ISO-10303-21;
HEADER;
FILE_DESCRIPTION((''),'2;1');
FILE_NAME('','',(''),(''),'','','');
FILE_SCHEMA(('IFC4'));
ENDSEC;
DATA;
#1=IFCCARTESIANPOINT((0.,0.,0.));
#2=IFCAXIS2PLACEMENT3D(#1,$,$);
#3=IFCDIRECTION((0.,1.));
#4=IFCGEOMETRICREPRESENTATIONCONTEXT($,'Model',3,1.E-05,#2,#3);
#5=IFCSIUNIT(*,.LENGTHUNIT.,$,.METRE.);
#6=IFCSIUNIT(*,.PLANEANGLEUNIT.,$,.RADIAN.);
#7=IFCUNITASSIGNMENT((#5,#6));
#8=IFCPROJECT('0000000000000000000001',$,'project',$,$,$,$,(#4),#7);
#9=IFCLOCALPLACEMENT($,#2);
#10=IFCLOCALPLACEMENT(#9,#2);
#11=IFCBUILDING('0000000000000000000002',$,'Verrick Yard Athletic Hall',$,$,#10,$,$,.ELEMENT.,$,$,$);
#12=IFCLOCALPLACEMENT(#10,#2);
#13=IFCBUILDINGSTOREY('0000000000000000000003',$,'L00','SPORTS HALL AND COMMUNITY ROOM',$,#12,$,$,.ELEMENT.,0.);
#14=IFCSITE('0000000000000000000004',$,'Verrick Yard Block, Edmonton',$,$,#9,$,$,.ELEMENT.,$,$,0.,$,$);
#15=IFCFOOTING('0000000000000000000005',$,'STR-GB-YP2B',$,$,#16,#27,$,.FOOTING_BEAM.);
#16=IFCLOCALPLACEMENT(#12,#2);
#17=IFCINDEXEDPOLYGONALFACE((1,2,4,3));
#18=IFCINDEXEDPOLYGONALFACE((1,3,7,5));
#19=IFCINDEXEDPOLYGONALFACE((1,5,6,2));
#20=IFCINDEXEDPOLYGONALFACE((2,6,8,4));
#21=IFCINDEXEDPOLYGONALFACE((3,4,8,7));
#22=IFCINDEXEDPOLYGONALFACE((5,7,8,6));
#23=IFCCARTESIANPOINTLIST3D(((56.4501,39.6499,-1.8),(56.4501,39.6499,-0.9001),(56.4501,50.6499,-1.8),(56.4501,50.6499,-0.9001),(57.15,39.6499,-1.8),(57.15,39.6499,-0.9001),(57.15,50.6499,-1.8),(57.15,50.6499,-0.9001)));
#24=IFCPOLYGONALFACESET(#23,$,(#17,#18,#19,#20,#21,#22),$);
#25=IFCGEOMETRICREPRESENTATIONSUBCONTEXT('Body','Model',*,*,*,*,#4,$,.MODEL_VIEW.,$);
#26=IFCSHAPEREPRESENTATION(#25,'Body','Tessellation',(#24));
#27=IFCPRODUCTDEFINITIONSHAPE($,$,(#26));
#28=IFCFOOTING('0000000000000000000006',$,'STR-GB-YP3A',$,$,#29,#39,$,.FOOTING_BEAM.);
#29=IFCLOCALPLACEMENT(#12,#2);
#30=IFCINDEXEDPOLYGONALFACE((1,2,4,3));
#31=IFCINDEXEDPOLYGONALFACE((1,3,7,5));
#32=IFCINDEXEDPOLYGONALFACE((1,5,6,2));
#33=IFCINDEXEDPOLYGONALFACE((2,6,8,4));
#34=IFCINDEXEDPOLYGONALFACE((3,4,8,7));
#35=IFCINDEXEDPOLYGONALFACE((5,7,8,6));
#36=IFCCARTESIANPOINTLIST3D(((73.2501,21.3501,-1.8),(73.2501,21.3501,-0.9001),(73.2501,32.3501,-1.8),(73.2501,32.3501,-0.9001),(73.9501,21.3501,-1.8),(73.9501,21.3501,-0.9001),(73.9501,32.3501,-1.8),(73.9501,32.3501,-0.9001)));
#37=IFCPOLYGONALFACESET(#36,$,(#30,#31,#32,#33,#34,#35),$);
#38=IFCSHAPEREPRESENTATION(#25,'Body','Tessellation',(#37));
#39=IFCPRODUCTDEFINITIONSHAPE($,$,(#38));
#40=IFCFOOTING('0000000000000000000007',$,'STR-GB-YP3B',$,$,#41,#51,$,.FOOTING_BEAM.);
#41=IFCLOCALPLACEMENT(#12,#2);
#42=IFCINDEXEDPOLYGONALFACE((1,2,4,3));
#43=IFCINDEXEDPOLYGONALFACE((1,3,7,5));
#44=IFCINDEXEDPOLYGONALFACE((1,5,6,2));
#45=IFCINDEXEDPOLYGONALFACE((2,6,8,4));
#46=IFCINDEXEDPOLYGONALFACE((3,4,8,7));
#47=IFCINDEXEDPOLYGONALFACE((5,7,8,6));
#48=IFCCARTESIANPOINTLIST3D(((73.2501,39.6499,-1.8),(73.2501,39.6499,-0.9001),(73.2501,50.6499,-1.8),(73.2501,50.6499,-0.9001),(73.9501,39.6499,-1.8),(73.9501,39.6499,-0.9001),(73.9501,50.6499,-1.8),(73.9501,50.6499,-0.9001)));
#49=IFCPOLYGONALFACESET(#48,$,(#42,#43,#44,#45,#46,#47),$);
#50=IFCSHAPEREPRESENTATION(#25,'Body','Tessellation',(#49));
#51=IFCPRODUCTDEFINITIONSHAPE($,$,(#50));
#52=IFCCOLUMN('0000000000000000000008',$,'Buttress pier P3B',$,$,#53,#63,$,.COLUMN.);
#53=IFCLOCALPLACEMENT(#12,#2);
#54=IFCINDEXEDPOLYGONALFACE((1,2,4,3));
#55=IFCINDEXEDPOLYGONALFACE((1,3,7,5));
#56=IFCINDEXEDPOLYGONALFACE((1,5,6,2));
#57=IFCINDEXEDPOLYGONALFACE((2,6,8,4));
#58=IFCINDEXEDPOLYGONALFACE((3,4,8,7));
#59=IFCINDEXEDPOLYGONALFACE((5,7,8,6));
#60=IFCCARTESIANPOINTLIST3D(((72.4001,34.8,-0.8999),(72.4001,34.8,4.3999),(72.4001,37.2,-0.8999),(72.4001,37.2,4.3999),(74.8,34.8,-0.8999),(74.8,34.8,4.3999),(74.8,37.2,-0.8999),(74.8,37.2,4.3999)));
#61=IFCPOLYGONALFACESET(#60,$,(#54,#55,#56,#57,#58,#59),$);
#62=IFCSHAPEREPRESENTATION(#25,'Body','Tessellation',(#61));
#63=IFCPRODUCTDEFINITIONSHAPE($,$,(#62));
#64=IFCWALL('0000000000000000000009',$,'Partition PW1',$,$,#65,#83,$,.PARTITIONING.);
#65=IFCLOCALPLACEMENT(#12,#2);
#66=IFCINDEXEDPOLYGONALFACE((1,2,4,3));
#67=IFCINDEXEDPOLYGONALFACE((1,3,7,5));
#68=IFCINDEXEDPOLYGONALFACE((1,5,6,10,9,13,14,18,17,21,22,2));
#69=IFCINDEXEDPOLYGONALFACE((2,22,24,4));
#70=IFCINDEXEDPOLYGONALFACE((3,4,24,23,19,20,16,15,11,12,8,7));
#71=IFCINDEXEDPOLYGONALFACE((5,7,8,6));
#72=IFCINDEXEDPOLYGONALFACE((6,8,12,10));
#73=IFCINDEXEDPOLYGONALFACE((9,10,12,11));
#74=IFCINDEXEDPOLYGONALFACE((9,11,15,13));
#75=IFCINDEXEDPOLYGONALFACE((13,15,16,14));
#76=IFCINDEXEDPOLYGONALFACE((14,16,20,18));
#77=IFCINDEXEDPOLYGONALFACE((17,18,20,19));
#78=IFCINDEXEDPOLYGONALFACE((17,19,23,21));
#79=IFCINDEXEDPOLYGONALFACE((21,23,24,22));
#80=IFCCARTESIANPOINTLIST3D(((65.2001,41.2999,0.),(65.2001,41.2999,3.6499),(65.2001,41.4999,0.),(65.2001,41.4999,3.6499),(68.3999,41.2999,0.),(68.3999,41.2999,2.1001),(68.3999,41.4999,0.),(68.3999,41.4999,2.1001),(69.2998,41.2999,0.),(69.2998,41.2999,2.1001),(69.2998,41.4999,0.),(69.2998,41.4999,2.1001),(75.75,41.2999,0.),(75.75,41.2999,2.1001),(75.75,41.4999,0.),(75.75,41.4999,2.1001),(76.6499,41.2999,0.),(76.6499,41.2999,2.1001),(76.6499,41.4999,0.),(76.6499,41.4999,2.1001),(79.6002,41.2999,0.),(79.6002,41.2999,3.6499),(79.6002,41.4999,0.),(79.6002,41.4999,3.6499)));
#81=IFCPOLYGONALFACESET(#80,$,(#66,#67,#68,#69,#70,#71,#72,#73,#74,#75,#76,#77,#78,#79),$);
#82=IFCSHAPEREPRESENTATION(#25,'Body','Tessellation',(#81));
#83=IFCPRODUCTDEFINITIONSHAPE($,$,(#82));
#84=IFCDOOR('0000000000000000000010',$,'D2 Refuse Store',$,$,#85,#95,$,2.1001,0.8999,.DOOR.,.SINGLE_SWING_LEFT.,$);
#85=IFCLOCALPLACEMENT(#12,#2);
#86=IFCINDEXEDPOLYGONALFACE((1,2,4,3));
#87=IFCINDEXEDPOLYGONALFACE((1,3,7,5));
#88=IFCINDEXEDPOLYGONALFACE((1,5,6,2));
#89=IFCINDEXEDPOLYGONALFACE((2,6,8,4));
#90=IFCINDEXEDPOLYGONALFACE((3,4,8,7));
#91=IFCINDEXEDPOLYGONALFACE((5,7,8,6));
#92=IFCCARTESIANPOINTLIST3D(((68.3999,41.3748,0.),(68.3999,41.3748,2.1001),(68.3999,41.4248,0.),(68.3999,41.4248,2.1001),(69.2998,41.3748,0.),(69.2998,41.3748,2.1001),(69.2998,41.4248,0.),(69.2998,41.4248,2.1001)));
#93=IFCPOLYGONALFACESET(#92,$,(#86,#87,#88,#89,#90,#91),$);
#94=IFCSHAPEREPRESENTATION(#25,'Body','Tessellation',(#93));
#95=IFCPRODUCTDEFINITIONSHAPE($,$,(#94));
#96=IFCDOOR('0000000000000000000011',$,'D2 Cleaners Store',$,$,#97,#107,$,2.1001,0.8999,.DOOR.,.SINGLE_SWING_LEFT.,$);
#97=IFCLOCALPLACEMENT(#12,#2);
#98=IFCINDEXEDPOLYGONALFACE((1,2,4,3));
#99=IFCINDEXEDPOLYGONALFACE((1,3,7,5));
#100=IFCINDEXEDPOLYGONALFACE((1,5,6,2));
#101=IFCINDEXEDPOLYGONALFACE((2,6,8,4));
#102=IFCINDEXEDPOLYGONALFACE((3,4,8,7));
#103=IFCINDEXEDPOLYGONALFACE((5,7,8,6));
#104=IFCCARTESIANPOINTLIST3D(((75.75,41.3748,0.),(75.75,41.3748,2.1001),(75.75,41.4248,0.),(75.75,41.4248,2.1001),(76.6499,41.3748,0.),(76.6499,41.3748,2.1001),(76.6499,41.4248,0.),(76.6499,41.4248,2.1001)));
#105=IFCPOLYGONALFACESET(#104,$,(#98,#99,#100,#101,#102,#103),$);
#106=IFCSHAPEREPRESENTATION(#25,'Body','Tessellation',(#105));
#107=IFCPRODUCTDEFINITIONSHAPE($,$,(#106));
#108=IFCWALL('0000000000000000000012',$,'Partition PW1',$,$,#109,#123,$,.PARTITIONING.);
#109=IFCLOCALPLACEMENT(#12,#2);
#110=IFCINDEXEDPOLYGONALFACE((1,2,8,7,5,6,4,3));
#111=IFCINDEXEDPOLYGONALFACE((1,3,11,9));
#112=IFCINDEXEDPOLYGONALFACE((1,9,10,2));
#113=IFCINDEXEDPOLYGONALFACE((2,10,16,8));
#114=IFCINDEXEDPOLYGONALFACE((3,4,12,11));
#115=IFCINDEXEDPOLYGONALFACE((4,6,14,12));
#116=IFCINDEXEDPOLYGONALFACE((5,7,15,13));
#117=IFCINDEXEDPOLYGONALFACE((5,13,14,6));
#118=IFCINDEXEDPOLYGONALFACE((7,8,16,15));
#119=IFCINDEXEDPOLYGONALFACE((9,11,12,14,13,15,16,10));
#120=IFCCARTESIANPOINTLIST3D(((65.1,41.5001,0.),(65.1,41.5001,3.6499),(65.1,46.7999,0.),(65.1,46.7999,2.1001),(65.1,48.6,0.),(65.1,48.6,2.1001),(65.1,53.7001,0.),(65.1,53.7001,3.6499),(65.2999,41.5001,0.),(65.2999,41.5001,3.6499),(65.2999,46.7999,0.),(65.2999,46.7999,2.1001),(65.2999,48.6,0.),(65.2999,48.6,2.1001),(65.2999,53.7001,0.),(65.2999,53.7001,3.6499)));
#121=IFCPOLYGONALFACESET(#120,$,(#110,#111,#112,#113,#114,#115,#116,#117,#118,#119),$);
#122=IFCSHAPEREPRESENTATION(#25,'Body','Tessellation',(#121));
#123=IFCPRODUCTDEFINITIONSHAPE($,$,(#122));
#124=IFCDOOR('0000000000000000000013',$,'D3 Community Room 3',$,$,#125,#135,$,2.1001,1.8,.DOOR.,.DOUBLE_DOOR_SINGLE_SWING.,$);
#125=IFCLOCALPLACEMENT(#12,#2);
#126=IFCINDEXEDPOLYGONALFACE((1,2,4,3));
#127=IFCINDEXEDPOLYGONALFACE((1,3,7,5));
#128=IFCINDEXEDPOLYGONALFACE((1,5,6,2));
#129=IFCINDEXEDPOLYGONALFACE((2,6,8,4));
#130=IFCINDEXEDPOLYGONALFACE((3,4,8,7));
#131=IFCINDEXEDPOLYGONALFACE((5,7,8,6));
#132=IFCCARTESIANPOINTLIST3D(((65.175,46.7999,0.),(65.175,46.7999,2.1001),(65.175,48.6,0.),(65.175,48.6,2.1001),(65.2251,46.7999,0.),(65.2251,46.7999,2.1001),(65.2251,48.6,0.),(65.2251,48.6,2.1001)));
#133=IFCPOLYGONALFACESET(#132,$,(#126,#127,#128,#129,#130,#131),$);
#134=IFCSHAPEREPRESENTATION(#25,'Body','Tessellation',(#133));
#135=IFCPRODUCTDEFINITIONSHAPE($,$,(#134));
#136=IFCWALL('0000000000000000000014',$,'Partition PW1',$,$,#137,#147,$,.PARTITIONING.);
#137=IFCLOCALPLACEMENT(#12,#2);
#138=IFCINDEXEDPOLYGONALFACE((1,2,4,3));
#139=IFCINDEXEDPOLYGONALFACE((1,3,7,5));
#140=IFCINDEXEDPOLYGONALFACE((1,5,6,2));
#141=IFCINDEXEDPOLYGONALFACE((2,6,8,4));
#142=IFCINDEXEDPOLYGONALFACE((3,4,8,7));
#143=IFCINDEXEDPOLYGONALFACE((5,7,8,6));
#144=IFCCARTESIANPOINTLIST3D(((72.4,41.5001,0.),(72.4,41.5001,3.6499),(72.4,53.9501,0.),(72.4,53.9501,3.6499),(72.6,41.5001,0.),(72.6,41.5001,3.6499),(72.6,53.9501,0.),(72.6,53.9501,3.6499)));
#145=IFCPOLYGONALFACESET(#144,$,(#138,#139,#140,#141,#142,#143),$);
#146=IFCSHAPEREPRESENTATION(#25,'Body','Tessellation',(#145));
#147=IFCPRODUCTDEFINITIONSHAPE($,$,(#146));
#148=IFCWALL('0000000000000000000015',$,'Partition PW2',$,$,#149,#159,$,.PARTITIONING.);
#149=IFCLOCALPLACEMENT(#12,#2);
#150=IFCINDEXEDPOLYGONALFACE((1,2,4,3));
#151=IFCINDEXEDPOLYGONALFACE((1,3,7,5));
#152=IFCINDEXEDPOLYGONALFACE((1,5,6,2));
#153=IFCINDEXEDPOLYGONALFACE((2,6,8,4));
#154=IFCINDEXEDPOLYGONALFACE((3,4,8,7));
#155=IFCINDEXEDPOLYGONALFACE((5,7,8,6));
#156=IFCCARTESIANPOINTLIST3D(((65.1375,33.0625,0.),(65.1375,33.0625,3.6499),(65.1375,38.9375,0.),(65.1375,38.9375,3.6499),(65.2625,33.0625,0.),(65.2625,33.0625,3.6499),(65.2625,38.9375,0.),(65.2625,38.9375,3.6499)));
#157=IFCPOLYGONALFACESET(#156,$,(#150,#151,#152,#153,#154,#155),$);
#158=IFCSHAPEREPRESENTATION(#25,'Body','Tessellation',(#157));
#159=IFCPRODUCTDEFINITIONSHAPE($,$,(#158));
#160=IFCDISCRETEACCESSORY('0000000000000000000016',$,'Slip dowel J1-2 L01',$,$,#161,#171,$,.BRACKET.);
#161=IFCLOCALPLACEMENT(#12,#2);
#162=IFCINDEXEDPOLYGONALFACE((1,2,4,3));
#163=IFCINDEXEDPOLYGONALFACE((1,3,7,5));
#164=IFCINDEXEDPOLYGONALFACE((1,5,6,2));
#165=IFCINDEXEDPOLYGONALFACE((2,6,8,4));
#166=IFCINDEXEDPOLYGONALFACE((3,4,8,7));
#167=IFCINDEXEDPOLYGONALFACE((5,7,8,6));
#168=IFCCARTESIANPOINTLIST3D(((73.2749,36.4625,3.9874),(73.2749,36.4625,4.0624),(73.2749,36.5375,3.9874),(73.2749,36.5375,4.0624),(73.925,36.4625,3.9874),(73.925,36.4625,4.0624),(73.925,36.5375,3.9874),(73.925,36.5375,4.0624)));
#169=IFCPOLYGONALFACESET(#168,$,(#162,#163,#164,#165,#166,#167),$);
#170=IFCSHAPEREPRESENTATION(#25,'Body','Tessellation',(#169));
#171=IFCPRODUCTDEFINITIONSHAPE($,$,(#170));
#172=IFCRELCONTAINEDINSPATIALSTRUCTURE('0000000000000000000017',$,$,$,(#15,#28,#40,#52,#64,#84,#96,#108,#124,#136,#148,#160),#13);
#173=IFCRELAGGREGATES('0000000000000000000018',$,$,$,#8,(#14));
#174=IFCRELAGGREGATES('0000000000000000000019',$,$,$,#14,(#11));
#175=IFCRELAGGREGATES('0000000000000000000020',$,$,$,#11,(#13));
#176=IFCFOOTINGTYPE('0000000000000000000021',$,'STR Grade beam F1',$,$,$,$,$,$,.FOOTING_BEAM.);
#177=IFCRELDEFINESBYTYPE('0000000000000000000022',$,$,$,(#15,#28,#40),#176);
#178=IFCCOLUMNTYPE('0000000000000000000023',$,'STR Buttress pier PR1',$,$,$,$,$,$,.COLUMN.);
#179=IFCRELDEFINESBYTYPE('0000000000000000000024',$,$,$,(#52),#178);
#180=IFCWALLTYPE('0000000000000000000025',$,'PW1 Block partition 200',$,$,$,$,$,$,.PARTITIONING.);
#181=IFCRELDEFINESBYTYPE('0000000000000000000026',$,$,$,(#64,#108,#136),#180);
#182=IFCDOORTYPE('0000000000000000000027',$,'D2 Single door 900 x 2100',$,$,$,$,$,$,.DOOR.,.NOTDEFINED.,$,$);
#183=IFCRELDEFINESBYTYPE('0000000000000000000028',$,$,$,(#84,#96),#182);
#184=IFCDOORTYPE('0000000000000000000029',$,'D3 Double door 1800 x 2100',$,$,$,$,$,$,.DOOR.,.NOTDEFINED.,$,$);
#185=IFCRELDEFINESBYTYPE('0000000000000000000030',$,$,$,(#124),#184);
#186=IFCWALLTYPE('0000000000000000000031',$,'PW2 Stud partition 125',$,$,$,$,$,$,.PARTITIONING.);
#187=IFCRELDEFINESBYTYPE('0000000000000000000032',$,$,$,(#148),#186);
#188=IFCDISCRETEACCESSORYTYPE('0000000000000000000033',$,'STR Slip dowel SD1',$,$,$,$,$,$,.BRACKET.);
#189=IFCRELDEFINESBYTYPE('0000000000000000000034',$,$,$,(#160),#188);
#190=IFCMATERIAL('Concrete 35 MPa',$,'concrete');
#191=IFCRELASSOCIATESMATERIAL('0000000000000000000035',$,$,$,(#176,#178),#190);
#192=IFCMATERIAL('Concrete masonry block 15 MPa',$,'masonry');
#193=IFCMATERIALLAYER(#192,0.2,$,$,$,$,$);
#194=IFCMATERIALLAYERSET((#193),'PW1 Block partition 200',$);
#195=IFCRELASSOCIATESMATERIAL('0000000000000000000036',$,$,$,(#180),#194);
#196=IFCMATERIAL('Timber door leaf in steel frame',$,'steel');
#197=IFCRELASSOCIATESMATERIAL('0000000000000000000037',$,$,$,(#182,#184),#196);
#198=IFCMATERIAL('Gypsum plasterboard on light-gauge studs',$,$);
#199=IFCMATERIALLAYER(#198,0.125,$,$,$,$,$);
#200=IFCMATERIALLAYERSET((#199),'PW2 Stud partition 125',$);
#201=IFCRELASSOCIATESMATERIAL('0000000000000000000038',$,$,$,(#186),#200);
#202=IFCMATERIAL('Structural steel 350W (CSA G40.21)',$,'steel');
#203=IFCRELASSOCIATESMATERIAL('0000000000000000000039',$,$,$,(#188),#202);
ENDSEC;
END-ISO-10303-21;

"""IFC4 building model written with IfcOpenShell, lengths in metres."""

from ifc_helpers import new_model, si_unit, direction, frame, frame_2d, origin, origin_2d, place, context, subcontext, project, spatial, rectangle, extrude, material, layer, layer_set, material_profile, profile_set, type_object, element, fill, save


model = new_model("IFC4")

# Units and contexts
model_context = context("Model", 3, precision=1e-05, world=origin(), true_north=direction((0.0, 1.0)))
body_context = subcontext(model_context, "Body", "Model", "MODEL_VIEW")
ifc_project = project(units=[si_unit("LENGTHUNIT", "METRE"), si_unit("PLANEANGLEUNIT", "RADIAN")], contexts=[model_context])

# Site, building, storey
site_placement = place(None, origin())
site = spatial("IfcSite", under=ifc_project, at=site_placement, Name="Verrick Yard Block, Edmonton", CompositionType="ELEMENT", RefElevation=0.0)
building_placement = place(site_placement, origin())
building = spatial("IfcBuilding", under=site, at=building_placement, Name="Verrick Yard Athletic Hall", CompositionType="ELEMENT")
storey_placement = place(building_placement, origin())
storey = spatial("IfcBuildingStorey", under=building, at=storey_placement, Name="L00", Description="SPORTS HALL AND COMMUNITY ROOM", CompositionType="ELEMENT", Elevation=0.0)

# Shared definitions
ifc_material_1 = material(Name="Concrete 35 MPa", Category="concrete")

# Footings
ifc_material_profile_1 = material_profile(ifc_material_1, rectangle(XDim=0.7, YDim=0.8999, at=origin_2d()), Name="STR Grade beam F1")
ifc_profile_set_1 = profile_set([ifc_material_profile_1], Name="Concrete 35 MPa")
footing_type = type_object("IfcFootingType", Name="STR Grade beam F1", PredefinedType="FOOTING_BEAM", material=ifc_profile_set_1)
for number, where, z_axis, x_axis, name in (
    (1, (56.8, 39.6499, -1.3501), (0.0, 1.0, 0.0), (-1.0, 0.0, 0.0), "STR-GB-YP2B"),
    (2, (73.6001, 21.3501, -1.3501), (0.0, 1.0, 0.0), (-1.0, 0.0, 0.0), "STR-GB-YP3A"),
    (3, (73.6001, 39.6499, -1.3501), (0.0, 1.0, 0.0), (-1.0, 0.0, 0.0), "STR-GB-YP3B"),
):
    element("IfcFooting", number, at=place(storey_placement, frame(where, z_axis=z_axis, x_axis=x_axis)), inside=storey, type_object=footing_type, Name=name, PredefinedType="FOOTING_BEAM", context=body_context, shape_type="SweptSolid", body=[
        extrude(rectangle(XDim=0.7, YDim=0.8999, at=origin_2d()), origin(), (0.0, 0.0, 1.0), 11.0),
    ])

# Column
ifc_material_profile_2 = material_profile(ifc_material_1, rectangle(XDim=2.3999, YDim=2.3999, at=origin_2d()), Name="STR Buttress pier PR1")
ifc_profile_set_2 = profile_set([ifc_material_profile_2], Name="Concrete 35 MPa")
column_type = type_object("IfcColumnType", Name="STR Buttress pier PR1", PredefinedType="COLUMN", material=ifc_profile_set_2)
column_placement = place(storey_placement, frame((73.6001, 36.0, -0.8999), z_axis=(0.0, 0.0, 1.0), x_axis=(1.0, 0.0, 0.0)))
element("IfcColumn", 4, at=column_placement, inside=storey, type_object=column_type, Name="Buttress pier P3B", PredefinedType="COLUMN", context=body_context, shape_type="SweptSolid", body=[
    extrude(rectangle(XDim=2.3999, YDim=2.3999, at=origin_2d()), origin(), (0.0, 0.0, 1.0), 5.2998),
])

# Wall, openings, doors
ifc_material_2 = material(Name="Concrete masonry block 15 MPa", Category="masonry")
ifc_layer_1 = layer(ifc_material_2, 0.2)
ifc_layer_set_1 = layer_set([ifc_layer_1], Name="PW1 Block partition 200")
wall_type_1 = type_object("IfcWallType", Name="PW1 Block partition 200", PredefinedType="PARTITIONING", material=ifc_layer_set_1)
wall_1_placement = place(storey_placement, frame((65.2, 41.3999, 0.0), z_axis=(0.0, 0.0, 1.0), x_axis=(1.0, 0.0, 0.0)))
wall_1 = element("IfcWall", 5, at=wall_1_placement, inside=storey, type_object=wall_type_1, Name="Partition PW1", PredefinedType="PARTITIONING", context=body_context, shape_type="SweptSolid", body=[
    extrude(rectangle(XDim=14.4001, YDim=0.2, at=frame_2d((7.2002, 0.0))), origin(), (0.0, 0.0, 1.0), 3.6499),
])
opening_1_placement = place(wall_1_placement, frame((3.2, 0.0, 0.0)))
opening_1 = element("IfcOpeningElement", 6, at=opening_1_placement, cuts=wall_1, PredefinedType="OPENING", context=body_context, shape_type="SweptSolid", body=[
    extrude(rectangle(XDim=0.8999, YDim=2.1001, at=frame_2d((0.45, 1.05))), frame((0.0, 0.1099, 0.0), z_axis=(0.0, -1.0, 0.0), x_axis=(1.0, 0.0, 0.0)), (0.0, 0.0, 1.0), 0.22),
])
opening_2_placement = place(wall_1_placement, frame((10.55, 0.0, 0.0)))
opening_2 = element("IfcOpeningElement", 7, at=opening_2_placement, cuts=wall_1, PredefinedType="OPENING", context=body_context, shape_type="SweptSolid", body=[
    extrude(rectangle(XDim=0.8999, YDim=2.1001, at=frame_2d((0.45, 1.05))), frame((0.0, 0.1099, 0.0), z_axis=(0.0, -1.0, 0.0), x_axis=(1.0, 0.0, 0.0)), (0.0, 0.0, 1.0), 0.22),
])
ifc_material_3 = material(Name="Timber door leaf in steel frame", Category="steel")
door_type_1 = type_object("IfcDoorType", Name="D2 Single door 900 x 2100", OperationType="NOTDEFINED", PredefinedType="DOOR", material=ifc_material_3)
door_1_placement = place(opening_1_placement, origin())
door_1 = element("IfcDoor", 8, at=door_1_placement, inside=storey, type_object=door_type_1, Name="D2 Refuse Store", OperationType="SINGLE_SWING_LEFT", OverallHeight=2.1001, OverallWidth=0.8999, PredefinedType="DOOR", context=body_context, shape_type="SweptSolid", body=[
    extrude(rectangle(XDim=0.8999, YDim=2.1001, at=frame_2d((0.45, 1.05))), frame((0.0, 0.0249, 0.0), z_axis=(0.0, -1.0, 0.0), x_axis=(1.0, 0.0, 0.0)), (0.0, 0.0, 1.0), 0.05),
])
fill(opening_1, door_1)
door_2_placement = place(opening_2_placement, origin())
door_2 = element("IfcDoor", 9, at=door_2_placement, inside=storey, type_object=door_type_1, Name="D2 Cleaners Store", OperationType="SINGLE_SWING_LEFT", OverallHeight=2.1001, OverallWidth=0.8999, PredefinedType="DOOR", context=body_context, shape_type="SweptSolid", body=[
    extrude(rectangle(XDim=0.8999, YDim=2.1001, at=frame_2d((0.45, 1.05))), frame((0.0, 0.0249, 0.0), z_axis=(0.0, -1.0, 0.0), x_axis=(1.0, 0.0, 0.0)), (0.0, 0.0, 1.0), 0.05),
])
fill(opening_2, door_2)

# Wall, opening, door
wall_2_placement = place(storey_placement, frame((65.2, 41.5, 0.0), z_axis=(0.0, 0.0, 1.0), x_axis=(0.0, 1.0, 0.0)))
wall_2 = element("IfcWall", 10, at=wall_2_placement, inside=storey, type_object=wall_type_1, Name="Partition PW1", PredefinedType="PARTITIONING", context=body_context, shape_type="SweptSolid", body=[
    extrude(rectangle(XDim=12.2, YDim=0.2, at=frame_2d((6.1001, 0.0))), origin(), (0.0, 0.0, 1.0), 3.6499),
])
opening_3_placement = place(wall_2_placement, frame((5.3, 0.0, 0.0)))
opening_3 = element("IfcOpeningElement", 11, at=opening_3_placement, cuts=wall_2, PredefinedType="OPENING", context=body_context, shape_type="SweptSolid", body=[
    extrude(rectangle(XDim=1.8, YDim=2.1001, at=frame_2d((0.8999, 1.05))), frame((0.0, 0.1099, 0.0), z_axis=(0.0, -1.0, 0.0), x_axis=(1.0, 0.0, 0.0)), (0.0, 0.0, 1.0), 0.22),
])
door_type_2 = type_object("IfcDoorType", Name="D3 Double door 1800 x 2100", OperationType="NOTDEFINED", PredefinedType="DOOR", material=ifc_material_3)
door_3_placement = place(opening_3_placement, origin())
door_3 = element("IfcDoor", 12, at=door_3_placement, inside=storey, type_object=door_type_2, Name="D3 Community Room 3", OperationType="DOUBLE_DOOR_SINGLE_SWING", OverallHeight=2.1001, OverallWidth=1.8, PredefinedType="DOOR", context=body_context, shape_type="SweptSolid", body=[
    extrude(rectangle(XDim=1.8, YDim=2.1001, at=frame_2d((0.8999, 1.05))), frame((0.0, 0.0249, 0.0), z_axis=(0.0, -1.0, 0.0), x_axis=(1.0, 0.0, 0.0)), (0.0, 0.0, 1.0), 0.05),
])
fill(opening_3, door_3)

# Walls
wall_3_placement = place(storey_placement, frame((72.5, 41.5, 0.0), z_axis=(0.0, 0.0, 1.0), x_axis=(0.0, 1.0, 0.0)))
element("IfcWall", 13, at=wall_3_placement, inside=storey, type_object=wall_type_1, Name="Partition PW1", PredefinedType="PARTITIONING", context=body_context, shape_type="SweptSolid", body=[
    extrude(rectangle(XDim=12.45, YDim=0.2, at=frame_2d((6.2251, 0.0))), origin(), (0.0, 0.0, 1.0), 3.6499),
])
ifc_material_4 = material(Name="Gypsum plasterboard on light-gauge studs")
ifc_layer_2 = layer(ifc_material_4, 0.125)
ifc_layer_set_2 = layer_set([ifc_layer_2], Name="PW2 Stud partition 125")
wall_type_2 = type_object("IfcWallType", Name="PW2 Stud partition 125", PredefinedType="PARTITIONING", material=ifc_layer_set_2)
wall_4_placement = place(storey_placement, frame((65.2, 33.0625, 0.0), z_axis=(0.0, 0.0, 1.0), x_axis=(0.0, 1.0, 0.0)))
element("IfcWall", 14, at=wall_4_placement, inside=storey, type_object=wall_type_2, Name="Partition PW2", PredefinedType="PARTITIONING", context=body_context, shape_type="SweptSolid", body=[
    extrude(rectangle(XDim=5.875, YDim=0.125, at=frame_2d((2.9375, 0.0))), origin(), (0.0, 0.0, 1.0), 3.6499),
])

# Discrete accessory
ifc_material_5 = material(Name="Structural steel 350W (CSA G40.21)", Category="steel")
ifc_material_profile_3 = material_profile(ifc_material_5, rectangle(XDim=0.075, YDim=0.075, at=origin_2d()), Name="STR Slip dowel SD1")
ifc_profile_set_3 = profile_set([ifc_material_profile_3], Name="Structural steel 350W (CSA G40.21)")
discrete_accessory_type = type_object("IfcDiscreteAccessoryType", Name="STR Slip dowel SD1", PredefinedType="BRACKET", material=ifc_profile_set_3)
discrete_accessory_placement = place(storey_placement, frame((73.2749, 36.5, 4.0249), z_axis=(1.0, 0.0, 0.0), x_axis=(0.0, 1.0, 0.0)))
element("IfcDiscreteAccessory", 15, at=discrete_accessory_placement, inside=storey, type_object=discrete_accessory_type, Name="Slip dowel J1-2 L01", PredefinedType="BRACKET", context=body_context, shape_type="SweptSolid", body=[
    extrude(rectangle(XDim=0.075, YDim=0.075, at=origin_2d()), origin(), (0.0, 0.0, 1.0), 0.6501),
])

save(model, "model.ifc")
